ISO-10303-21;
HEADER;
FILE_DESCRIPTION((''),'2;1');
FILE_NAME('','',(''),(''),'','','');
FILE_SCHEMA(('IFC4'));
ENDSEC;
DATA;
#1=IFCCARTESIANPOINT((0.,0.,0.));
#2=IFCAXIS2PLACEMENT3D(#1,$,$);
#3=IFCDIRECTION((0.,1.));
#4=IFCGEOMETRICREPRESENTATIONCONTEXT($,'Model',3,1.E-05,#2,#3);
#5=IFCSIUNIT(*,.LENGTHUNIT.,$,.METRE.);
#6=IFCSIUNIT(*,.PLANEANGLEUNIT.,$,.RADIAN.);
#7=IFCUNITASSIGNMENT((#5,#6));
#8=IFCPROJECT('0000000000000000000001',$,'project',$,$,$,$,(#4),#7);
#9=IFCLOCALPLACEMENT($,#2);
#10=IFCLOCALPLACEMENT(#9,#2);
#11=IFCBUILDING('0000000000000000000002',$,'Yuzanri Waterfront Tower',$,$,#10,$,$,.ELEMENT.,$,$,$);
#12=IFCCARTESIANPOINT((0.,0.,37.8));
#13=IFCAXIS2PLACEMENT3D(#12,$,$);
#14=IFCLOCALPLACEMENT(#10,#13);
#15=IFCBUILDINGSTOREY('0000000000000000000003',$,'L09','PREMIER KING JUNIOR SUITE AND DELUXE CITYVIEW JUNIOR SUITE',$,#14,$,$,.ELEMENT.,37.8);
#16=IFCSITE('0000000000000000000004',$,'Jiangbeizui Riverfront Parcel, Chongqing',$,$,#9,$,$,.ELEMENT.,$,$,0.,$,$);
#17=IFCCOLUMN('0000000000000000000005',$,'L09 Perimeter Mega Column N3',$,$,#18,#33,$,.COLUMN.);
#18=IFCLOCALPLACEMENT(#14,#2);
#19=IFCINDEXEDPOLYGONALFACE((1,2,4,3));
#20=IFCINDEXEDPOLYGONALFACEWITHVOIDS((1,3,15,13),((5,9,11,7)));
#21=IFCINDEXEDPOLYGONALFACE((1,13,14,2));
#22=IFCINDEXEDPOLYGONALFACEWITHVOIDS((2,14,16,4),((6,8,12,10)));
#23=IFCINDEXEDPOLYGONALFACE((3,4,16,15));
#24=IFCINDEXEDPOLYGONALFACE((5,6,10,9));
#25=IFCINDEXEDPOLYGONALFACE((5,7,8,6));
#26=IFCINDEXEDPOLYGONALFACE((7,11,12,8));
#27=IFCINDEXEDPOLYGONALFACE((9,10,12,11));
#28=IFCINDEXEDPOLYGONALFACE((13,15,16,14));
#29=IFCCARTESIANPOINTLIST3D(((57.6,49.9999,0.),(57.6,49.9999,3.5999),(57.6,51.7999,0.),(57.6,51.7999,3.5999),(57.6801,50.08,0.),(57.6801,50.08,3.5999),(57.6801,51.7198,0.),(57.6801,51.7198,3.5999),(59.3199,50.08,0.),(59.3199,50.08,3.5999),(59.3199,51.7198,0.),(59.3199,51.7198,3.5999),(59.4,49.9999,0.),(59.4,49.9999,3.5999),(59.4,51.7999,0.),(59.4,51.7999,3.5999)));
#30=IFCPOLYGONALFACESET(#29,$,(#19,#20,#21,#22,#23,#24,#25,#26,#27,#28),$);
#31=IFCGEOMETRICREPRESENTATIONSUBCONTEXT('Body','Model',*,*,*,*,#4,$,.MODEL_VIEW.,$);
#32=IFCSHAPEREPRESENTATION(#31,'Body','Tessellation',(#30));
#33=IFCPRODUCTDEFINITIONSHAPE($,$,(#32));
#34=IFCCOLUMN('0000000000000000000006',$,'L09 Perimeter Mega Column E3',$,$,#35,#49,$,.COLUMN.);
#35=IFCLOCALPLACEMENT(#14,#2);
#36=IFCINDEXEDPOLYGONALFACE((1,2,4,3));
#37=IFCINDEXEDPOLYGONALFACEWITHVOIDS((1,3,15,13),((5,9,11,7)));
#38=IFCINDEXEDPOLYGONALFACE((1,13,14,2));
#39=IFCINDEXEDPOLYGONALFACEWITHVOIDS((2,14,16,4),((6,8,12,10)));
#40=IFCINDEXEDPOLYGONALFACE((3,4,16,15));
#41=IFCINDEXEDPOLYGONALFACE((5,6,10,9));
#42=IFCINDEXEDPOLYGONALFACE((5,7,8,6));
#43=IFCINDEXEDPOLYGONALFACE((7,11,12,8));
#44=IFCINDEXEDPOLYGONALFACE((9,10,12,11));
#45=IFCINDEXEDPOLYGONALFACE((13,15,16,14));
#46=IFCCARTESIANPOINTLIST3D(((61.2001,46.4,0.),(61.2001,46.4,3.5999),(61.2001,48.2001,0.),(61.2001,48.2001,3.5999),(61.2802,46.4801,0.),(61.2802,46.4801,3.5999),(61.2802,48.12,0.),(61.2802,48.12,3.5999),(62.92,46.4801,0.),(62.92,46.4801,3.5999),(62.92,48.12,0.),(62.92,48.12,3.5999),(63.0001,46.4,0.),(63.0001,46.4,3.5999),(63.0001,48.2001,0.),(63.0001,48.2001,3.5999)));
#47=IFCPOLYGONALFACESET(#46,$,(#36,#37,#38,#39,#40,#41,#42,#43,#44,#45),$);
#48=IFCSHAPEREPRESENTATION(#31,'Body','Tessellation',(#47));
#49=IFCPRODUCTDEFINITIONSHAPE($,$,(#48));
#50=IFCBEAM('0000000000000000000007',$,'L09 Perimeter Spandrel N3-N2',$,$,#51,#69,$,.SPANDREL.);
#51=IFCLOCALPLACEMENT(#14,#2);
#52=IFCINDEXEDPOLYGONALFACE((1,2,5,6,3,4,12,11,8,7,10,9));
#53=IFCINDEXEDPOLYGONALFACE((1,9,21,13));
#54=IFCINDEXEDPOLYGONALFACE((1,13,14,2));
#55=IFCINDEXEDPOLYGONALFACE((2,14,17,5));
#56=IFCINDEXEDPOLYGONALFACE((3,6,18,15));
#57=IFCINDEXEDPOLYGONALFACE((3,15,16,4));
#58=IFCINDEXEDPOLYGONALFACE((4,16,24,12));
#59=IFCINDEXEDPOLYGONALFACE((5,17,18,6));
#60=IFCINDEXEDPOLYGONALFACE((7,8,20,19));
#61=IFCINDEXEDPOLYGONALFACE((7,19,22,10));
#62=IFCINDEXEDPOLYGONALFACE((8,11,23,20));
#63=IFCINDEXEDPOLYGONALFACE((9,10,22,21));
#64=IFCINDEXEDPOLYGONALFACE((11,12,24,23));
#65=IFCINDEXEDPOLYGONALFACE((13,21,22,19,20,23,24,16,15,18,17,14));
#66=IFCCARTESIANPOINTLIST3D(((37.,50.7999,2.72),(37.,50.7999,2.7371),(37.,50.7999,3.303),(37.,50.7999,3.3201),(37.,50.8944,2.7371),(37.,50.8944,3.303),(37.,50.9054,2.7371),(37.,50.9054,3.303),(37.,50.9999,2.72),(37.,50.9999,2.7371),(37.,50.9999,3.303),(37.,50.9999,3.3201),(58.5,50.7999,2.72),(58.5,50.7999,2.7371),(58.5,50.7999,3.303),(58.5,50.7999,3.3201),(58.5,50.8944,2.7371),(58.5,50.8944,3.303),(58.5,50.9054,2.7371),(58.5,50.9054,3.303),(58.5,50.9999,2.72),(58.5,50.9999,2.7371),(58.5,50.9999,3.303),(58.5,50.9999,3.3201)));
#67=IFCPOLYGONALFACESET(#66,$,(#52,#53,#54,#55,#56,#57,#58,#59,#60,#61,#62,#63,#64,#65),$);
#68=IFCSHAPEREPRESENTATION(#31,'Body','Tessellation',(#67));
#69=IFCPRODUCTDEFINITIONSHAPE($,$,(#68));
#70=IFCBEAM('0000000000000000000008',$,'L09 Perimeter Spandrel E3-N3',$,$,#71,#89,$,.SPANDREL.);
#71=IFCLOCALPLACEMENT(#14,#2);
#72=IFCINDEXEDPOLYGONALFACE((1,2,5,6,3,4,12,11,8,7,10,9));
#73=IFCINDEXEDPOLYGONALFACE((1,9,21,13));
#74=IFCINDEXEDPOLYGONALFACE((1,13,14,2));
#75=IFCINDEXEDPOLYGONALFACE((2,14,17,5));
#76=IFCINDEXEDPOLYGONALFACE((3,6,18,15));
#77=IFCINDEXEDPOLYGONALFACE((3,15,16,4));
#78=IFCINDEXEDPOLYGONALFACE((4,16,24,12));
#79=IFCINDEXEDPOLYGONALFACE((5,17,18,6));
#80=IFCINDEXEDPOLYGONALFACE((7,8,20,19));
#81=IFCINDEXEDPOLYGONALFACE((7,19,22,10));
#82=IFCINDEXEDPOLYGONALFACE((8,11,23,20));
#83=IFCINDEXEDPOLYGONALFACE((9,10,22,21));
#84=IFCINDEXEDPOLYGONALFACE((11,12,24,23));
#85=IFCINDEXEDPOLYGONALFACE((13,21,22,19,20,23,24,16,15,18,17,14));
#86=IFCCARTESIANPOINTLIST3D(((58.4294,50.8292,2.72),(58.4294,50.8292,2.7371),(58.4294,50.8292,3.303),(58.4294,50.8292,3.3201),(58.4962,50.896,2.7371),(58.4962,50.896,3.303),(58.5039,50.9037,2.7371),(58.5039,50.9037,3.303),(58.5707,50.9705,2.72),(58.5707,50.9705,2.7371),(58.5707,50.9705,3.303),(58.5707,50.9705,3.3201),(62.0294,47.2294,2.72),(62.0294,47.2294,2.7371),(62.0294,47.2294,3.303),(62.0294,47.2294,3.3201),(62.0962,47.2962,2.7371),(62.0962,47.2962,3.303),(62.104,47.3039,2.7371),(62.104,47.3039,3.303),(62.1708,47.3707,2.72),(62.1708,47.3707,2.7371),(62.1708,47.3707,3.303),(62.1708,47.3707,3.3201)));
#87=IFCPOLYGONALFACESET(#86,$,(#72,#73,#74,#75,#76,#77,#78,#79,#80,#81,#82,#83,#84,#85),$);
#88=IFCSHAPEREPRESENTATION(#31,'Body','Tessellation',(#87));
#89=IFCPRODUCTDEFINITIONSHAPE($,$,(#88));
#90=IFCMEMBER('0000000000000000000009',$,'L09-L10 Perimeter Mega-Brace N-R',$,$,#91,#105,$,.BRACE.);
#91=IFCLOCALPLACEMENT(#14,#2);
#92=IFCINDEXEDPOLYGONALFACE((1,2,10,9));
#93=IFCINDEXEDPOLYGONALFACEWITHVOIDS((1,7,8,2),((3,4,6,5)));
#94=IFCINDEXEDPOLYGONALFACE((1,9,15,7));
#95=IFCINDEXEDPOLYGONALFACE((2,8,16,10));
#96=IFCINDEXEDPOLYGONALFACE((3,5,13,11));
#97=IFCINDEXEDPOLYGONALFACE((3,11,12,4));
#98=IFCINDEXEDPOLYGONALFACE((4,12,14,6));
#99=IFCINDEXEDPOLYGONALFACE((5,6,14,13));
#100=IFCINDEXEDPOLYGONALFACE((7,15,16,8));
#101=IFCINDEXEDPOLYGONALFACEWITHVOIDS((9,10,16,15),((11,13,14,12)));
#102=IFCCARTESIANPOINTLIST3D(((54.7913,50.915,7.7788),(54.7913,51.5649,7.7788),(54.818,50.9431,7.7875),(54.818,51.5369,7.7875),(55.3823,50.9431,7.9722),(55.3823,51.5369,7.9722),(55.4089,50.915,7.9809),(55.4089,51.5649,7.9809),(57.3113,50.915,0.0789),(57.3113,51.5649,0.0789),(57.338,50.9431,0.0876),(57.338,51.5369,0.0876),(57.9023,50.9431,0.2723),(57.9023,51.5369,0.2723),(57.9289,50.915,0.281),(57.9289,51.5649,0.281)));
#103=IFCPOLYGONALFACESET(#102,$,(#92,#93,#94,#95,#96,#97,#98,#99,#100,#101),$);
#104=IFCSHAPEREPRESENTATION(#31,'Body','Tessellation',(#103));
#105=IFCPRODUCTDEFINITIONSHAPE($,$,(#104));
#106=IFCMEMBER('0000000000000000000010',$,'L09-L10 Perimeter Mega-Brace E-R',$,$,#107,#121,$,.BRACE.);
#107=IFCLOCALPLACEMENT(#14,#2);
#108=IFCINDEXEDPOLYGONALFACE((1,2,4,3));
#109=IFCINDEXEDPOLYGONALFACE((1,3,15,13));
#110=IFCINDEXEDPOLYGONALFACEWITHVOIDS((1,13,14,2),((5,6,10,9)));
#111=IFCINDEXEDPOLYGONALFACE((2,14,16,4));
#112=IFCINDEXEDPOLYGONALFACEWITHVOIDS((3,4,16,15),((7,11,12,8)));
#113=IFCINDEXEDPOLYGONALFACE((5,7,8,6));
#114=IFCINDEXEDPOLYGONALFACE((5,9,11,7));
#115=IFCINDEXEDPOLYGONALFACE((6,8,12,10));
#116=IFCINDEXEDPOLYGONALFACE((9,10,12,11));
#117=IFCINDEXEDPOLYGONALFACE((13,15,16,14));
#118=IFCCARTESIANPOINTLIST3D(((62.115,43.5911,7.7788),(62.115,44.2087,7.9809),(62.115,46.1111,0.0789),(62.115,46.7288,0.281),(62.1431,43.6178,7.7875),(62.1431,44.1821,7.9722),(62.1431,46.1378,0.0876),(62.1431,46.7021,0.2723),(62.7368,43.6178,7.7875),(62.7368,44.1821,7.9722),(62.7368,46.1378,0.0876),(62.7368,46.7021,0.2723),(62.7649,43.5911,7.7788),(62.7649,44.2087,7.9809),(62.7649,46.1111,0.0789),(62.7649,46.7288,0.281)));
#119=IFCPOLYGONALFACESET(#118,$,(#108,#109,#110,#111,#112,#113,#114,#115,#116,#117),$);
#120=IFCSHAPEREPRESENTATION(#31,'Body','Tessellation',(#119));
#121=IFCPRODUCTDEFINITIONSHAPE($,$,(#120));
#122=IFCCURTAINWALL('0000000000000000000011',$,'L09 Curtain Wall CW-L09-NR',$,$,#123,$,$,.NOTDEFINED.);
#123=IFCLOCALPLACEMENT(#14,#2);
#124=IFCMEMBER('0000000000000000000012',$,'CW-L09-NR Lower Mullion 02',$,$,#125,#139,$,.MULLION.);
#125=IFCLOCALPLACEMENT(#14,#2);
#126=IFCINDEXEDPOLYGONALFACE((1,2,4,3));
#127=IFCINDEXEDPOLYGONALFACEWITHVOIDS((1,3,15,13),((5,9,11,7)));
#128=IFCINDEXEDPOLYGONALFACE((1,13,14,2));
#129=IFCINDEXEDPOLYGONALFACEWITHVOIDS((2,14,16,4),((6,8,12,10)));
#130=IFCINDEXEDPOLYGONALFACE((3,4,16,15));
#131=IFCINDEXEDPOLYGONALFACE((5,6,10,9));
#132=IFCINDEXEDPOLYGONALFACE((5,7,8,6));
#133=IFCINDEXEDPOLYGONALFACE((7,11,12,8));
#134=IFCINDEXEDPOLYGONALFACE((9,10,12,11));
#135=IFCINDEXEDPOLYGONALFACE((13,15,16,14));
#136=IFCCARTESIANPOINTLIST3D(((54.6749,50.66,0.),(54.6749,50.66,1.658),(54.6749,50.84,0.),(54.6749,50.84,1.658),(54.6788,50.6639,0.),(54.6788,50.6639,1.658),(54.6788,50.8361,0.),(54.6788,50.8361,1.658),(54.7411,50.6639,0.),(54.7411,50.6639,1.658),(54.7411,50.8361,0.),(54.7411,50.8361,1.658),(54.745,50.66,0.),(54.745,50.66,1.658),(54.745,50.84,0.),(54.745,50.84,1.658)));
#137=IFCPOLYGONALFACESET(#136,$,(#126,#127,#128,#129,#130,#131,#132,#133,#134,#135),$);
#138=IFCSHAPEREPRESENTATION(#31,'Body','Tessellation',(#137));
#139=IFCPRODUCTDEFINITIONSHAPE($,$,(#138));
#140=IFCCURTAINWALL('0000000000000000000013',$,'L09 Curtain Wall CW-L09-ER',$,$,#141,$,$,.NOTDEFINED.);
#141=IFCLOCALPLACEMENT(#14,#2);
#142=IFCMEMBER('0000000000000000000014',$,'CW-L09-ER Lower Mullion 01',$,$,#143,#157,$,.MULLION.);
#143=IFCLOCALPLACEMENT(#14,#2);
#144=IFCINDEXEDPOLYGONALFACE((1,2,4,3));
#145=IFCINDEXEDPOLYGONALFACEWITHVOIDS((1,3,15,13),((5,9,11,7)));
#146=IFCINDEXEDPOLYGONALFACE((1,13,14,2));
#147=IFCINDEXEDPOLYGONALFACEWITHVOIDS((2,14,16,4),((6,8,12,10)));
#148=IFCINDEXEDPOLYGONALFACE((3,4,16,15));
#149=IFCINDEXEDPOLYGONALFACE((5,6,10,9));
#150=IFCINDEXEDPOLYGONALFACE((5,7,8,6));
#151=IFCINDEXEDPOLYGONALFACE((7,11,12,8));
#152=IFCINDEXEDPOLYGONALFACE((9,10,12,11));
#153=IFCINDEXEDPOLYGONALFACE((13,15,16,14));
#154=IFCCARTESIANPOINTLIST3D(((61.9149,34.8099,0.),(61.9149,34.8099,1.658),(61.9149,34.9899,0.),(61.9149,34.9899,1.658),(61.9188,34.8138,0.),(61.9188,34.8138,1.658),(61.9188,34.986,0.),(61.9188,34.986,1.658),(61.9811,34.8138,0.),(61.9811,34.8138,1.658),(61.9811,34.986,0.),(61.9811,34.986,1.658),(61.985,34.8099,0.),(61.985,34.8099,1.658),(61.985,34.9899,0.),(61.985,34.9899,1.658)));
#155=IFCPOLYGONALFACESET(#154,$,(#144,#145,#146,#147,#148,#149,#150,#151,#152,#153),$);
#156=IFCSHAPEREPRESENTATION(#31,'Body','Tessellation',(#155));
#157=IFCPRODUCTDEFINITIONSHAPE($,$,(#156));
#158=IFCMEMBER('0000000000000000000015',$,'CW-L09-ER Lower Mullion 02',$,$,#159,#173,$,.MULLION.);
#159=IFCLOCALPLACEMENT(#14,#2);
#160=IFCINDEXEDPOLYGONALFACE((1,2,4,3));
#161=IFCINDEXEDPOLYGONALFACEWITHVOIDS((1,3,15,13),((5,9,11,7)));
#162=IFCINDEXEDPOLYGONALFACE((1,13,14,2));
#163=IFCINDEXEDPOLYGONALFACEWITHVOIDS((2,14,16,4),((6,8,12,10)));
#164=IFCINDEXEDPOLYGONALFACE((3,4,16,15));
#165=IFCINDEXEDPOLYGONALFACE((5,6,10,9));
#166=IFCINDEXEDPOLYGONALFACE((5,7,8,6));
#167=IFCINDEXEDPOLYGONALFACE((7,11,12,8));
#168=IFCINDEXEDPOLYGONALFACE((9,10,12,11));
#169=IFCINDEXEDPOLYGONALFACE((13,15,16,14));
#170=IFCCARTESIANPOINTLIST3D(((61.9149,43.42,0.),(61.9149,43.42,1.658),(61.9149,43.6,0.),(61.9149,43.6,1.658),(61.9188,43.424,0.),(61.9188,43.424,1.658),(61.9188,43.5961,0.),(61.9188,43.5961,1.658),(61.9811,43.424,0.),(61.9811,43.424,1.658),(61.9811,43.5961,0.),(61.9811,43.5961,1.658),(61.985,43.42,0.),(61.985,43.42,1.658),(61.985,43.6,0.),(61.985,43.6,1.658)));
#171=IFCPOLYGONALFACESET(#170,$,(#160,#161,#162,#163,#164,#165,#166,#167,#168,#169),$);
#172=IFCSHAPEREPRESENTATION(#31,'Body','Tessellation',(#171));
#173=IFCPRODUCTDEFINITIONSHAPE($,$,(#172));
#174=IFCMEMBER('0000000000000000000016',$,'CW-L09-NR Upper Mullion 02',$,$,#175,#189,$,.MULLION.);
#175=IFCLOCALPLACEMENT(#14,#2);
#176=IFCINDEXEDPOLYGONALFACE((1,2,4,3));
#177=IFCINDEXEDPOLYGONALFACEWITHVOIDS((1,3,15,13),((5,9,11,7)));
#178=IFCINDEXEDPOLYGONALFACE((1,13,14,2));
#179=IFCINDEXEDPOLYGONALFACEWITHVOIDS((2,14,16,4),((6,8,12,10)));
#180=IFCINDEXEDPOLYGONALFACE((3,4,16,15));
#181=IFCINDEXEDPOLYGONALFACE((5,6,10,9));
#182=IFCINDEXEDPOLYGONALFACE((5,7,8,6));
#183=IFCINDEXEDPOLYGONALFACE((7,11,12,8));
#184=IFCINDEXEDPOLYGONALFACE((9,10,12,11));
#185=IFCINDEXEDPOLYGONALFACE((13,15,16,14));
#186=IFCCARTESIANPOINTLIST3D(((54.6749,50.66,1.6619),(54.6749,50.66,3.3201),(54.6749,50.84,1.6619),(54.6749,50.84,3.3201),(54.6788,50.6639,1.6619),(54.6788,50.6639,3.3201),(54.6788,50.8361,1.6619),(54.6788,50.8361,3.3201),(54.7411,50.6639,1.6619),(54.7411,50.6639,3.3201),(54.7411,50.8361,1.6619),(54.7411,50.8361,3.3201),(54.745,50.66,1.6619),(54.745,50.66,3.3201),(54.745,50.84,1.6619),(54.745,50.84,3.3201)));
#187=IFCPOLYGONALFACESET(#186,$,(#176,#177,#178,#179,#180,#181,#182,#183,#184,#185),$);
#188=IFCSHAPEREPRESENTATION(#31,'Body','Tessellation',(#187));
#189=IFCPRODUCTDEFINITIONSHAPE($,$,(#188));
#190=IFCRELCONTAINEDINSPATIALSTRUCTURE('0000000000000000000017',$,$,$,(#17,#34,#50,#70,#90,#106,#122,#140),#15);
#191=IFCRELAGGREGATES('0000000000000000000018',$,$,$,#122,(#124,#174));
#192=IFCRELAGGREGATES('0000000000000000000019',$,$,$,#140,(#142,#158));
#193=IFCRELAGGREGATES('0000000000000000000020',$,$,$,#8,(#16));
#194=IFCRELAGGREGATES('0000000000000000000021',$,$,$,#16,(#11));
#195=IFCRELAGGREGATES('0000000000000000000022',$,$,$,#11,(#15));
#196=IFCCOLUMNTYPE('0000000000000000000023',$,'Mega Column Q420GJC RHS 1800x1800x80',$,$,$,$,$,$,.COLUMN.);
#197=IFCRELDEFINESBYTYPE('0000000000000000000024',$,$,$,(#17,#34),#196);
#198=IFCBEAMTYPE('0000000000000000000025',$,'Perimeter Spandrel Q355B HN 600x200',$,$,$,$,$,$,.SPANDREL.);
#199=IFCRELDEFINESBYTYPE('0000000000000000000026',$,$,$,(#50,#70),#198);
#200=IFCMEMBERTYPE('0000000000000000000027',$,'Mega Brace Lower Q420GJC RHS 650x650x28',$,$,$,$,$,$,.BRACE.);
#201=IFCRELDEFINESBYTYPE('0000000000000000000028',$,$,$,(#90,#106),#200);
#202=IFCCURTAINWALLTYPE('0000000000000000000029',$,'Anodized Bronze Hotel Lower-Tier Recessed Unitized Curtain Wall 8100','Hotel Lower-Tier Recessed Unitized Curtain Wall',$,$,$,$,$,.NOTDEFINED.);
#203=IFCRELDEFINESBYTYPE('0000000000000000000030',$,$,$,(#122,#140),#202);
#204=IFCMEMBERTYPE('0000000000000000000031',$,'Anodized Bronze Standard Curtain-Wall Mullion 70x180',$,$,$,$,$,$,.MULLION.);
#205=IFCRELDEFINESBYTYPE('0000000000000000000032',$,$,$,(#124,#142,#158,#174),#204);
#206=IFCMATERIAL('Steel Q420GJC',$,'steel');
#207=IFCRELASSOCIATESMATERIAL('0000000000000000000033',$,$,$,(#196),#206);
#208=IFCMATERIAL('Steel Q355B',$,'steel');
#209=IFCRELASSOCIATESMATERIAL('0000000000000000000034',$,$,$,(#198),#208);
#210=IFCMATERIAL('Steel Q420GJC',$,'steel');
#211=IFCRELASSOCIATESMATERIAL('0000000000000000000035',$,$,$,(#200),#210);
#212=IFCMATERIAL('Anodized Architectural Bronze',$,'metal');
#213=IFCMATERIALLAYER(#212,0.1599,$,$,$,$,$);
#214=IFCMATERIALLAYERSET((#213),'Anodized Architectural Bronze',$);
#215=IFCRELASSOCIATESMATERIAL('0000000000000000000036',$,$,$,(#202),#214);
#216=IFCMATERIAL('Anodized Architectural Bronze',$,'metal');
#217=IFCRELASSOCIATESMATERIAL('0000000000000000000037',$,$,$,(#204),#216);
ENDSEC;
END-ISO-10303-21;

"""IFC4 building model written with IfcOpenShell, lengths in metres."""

from ifc_helpers import new_model, si_unit, direction, frame, origin, origin_2d, place, context, subcontext, project, spatial, hollow_rectangle, i_section, extrude, source, transform, mapped, material, layer, layer_set, material_profile, profile_set, type_object, element, aggregate, save


model = new_model("IFC4")

# Units and contexts
model_context = context("Model", 3, precision=1e-05, world=origin(), true_north=direction((0.0, 1.0)))
body_context = subcontext(model_context, "Body", "Model", "MODEL_VIEW")
ifc_project = project(units=[si_unit("LENGTHUNIT", "METRE"), si_unit("PLANEANGLEUNIT", "RADIAN")], contexts=[model_context])

# Site, building, storey
site_placement = place(None, origin())
site = spatial("IfcSite", under=ifc_project, at=site_placement, Name="Jiangbeizui Riverfront Parcel, Chongqing", CompositionType="ELEMENT", RefElevation=0.0)
building_placement = place(site_placement, origin())
building = spatial("IfcBuilding", under=site, at=building_placement, Name="Yuzanri Waterfront Tower", CompositionType="ELEMENT")
storey_placement = place(building_placement, frame((0.0, 0.0, 37.8)))
storey = spatial("IfcBuildingStorey", under=building, at=storey_placement, Name="L09", Description="PREMIER KING JUNIOR SUITE AND DELUXE CITYVIEW JUNIOR SUITE", CompositionType="ELEMENT", Elevation=37.8)

# Columns
ifc_material_1 = material(Name="Steel Q420GJC", Category="steel")
ifc_material_profile_1 = material_profile(ifc_material_1, hollow_rectangle(XDim=1.8, YDim=1.8, WallThickness=0.0801, at=origin_2d()), Name="RHS 1800x1800x80")
ifc_profile_set_1 = profile_set([ifc_material_profile_1], Name="Steel Q420GJC")
column_type = type_object("IfcColumnType", Name="Mega Column Q420GJC RHS 1800x1800x80", PredefinedType="COLUMN", material=ifc_profile_set_1)
shared_shape_1 = source(origin(), body_context, "Body", "SweptSolid", [
    extrude(hollow_rectangle(XDim=1.8, YDim=1.8, WallThickness=0.0801, at=origin_2d()), origin(), (0.0, 0.0, 1.0), 3.5999),
])
for number, where, z_axis, x_axis, name in (
    (1, (58.5, 50.8999, 0.0), (0.0, 0.0, 1.0), (1.0, 0.0, 0.0), "L09 Perimeter Mega Column N3"),
    (2, (62.1001, 47.3, 0.0), (0.0, 0.0, 1.0), (1.0, 0.0, 0.0), "L09 Perimeter Mega Column E3"),
):
    element("IfcColumn", number, at=place(storey_placement, frame(where, z_axis=z_axis, x_axis=x_axis)), inside=storey, type_object=column_type, Name=name, PredefinedType="COLUMN", context=body_context, shape_type="MappedRepresentation", body=[
        mapped(shared_shape_1, transform((0.0, 0.0, 0.0), scale=1.0)),
    ])

# Beams
ifc_material_2 = material(Name="Steel Q355B", Category="steel")
ifc_material_profile_2 = material_profile(ifc_material_2, i_section(OverallWidth=0.2, OverallDepth=0.6001, WebThickness=0.011, FlangeThickness=0.0171, at=origin_2d()), Name="HN 600x200x11x17")
ifc_profile_set_2 = profile_set([ifc_material_profile_2], Name="Steel Q355B")
beam_type = type_object("IfcBeamType", Name="Perimeter Spandrel Q355B HN 600x200", PredefinedType="SPANDREL", material=ifc_profile_set_2)
shared_shape_2 = source(origin(), body_context, "Body", "SweptSolid", [
    extrude(i_section(OverallWidth=0.2, OverallDepth=0.6001, WebThickness=0.011, FlangeThickness=0.0171, at=origin_2d()), origin(), (0.0, 0.0, 1.0), 21.5),
])
beam_1_placement = place(storey_placement, frame((58.5, 50.8999, 3.02), z_axis=(-1.0, 0.0, 0.0), x_axis=(0.0, -1.0, 0.0)))
element("IfcBeam", 3, at=beam_1_placement, inside=storey, type_object=beam_type, Name="L09 Perimeter Spandrel N3-N2", PredefinedType="SPANDREL", context=body_context, shape_type="MappedRepresentation", body=[
    mapped(shared_shape_2, transform((0.0, 0.0, 0.0), scale=1.0)),
])
shared_shape_3 = source(origin(), body_context, "Body", "SweptSolid", [
    extrude(i_section(OverallWidth=0.2, OverallDepth=0.6001, WebThickness=0.011, FlangeThickness=0.0171, at=origin_2d()), origin(), (0.0, 0.0, 1.0), 5.0911),
])
beam_2_placement = place(storey_placement, frame((62.1001, 47.3, 3.02), z_axis=(-0.707131, 0.707083, 0.0), x_axis=(-0.707083, -0.707131, 0.0)))
element("IfcBeam", 4, at=beam_2_placement, inside=storey, type_object=beam_type, Name="L09 Perimeter Spandrel E3-N3", PredefinedType="SPANDREL", context=body_context, shape_type="MappedRepresentation", body=[
    mapped(shared_shape_3, transform((0.0, 0.0, 0.0), scale=1.0)),
])

# Members
ifc_material_3 = material(Name="Steel Q420GJC", Category="steel")
ifc_material_profile_3 = material_profile(ifc_material_3, hollow_rectangle(XDim=0.6499, YDim=0.6499, WallThickness=0.0281, at=origin_2d()), Name="RHS 650x650x28")
ifc_profile_set_3 = profile_set([ifc_material_profile_3], Name="Steel Q420GJC")
member_type_1 = type_object("IfcMemberType", Name="Mega Brace Lower Q420GJC RHS 650x650x28", PredefinedType="BRACE", material=ifc_profile_set_3)
shared_shape_4 = source(origin(), body_context, "Body", "SweptSolid", [
    extrude(hollow_rectangle(XDim=0.6499, YDim=0.6499, WallThickness=0.0281, at=origin_2d()), origin(), (0.0, 0.0, 1.0), 8.1018),
])
for number, where, z_axis, x_axis, name in (
    (5, (57.6201, 51.24, 0.1799), (-0.311043, 0.0, 0.950396), (0.0, -1.0, 0.0), "L09-L10 Perimeter Mega-Brace N-R"),
    (6, (62.4399, 46.4199, 0.1799), (0.0, -0.311043, 0.950396), (1.0, 0.0, 0.0), "L09-L10 Perimeter Mega-Brace E-R"),
):
    element("IfcMember", number, at=place(storey_placement, frame(where, z_axis=z_axis, x_axis=x_axis)), inside=storey, type_object=member_type_1, Name=name, PredefinedType="BRACE", context=body_context, shape_type="MappedRepresentation", body=[
        mapped(shared_shape_4, transform((0.0, 0.0, 0.0), scale=1.0)),
    ])

# Curtain wall, member
ifc_material_4 = material(Name="Anodized Architectural Bronze", Category="metal")
ifc_layer_1 = layer(ifc_material_4, 0.1599)
ifc_layer_set_1 = layer_set([ifc_layer_1], Name="Anodized Architectural Bronze")
curtain_wall_type = type_object("IfcCurtainWallType", Name="Anodized Bronze Hotel Lower-Tier Recessed Unitized Curtain Wall 8100", Description="Hotel Lower-Tier Recessed Unitized Curtain Wall", PredefinedType="NOTDEFINED", material=ifc_layer_set_1)
curtain_wall_1_placement = place(storey_placement, origin())
curtain_wall_1 = element("IfcCurtainWall", 7, at=curtain_wall_1_placement, inside=storey, type_object=curtain_wall_type, Name="L09 Curtain Wall CW-L09-NR", PredefinedType="NOTDEFINED")
ifc_material_5 = material(Name="Anodized Architectural Bronze", Category="metal")
ifc_material_profile_4 = material_profile(ifc_material_5, hollow_rectangle(XDim=0.0701, YDim=0.1799, WallThickness=0.0039, at=origin_2d()), Name="CWM 70x180")
ifc_profile_set_4 = profile_set([ifc_material_profile_4], Name="Anodized Architectural Bronze")
member_type_2 = type_object("IfcMemberType", Name="Anodized Bronze Standard Curtain-Wall Mullion 70x180", PredefinedType="MULLION", material=ifc_profile_set_4)
shared_shape_5 = source(origin(), body_context, "Body", "SweptSolid", [
    extrude(hollow_rectangle(XDim=0.0701, YDim=0.1799, WallThickness=0.0039, at=origin_2d()), origin(), (0.0, 0.0, 1.0), 1.658),
])
member_1_placement = place(storey_placement, frame((54.71, 50.75, 0.0), z_axis=(0.0, 0.0, 1.0), x_axis=(1.0, 0.0, 0.0)))
member_1 = element("IfcMember", 8, at=member_1_placement, type_object=member_type_2, Name="CW-L09-NR Lower Mullion 02", PredefinedType="MULLION", context=body_context, shape_type="MappedRepresentation", body=[
    mapped(shared_shape_5, transform((0.0, 0.0, 0.0), scale=1.0)),
])

# Curtain wall, members
curtain_wall_2_placement = place(storey_placement, origin())
curtain_wall_2 = element("IfcCurtainWall", 9, at=curtain_wall_2_placement, inside=storey, type_object=curtain_wall_type, Name="L09 Curtain Wall CW-L09-ER", PredefinedType="NOTDEFINED")
member_2_placement = place(storey_placement, frame((61.95, 34.8999, 0.0), z_axis=(0.0, 0.0, 1.0), x_axis=(1.0, 0.0, 0.0)))
member_2 = element("IfcMember", 10, at=member_2_placement, type_object=member_type_2, Name="CW-L09-ER Lower Mullion 01", PredefinedType="MULLION", context=body_context, shape_type="MappedRepresentation", body=[
    mapped(shared_shape_5, transform((0.0, 0.0, 0.0), scale=1.0)),
])
member_3_placement = place(storey_placement, frame((61.95, 43.51, 0.0), z_axis=(0.0, 0.0, 1.0), x_axis=(1.0, 0.0, 0.0)))
member_3 = element("IfcMember", 11, at=member_3_placement, type_object=member_type_2, Name="CW-L09-ER Lower Mullion 02", PredefinedType="MULLION", context=body_context, shape_type="MappedRepresentation", body=[
    mapped(shared_shape_5, transform((0.0, 0.0, 0.0), scale=1.0)),
])

# Member
shared_shape_6 = source(origin(), body_context, "Body", "SweptSolid", [
    extrude(hollow_rectangle(XDim=0.0701, YDim=0.1799, WallThickness=0.0039, at=origin_2d()), origin(), (0.0, 0.0, 1.0), 1.6582),
])
member_4_placement = place(storey_placement, frame((54.71, 50.75, 1.6619), z_axis=(0.0, 0.0, 1.0), x_axis=(1.0, 0.0, 0.0)))
member_4 = element("IfcMember", 12, at=member_4_placement, type_object=member_type_2, Name="CW-L09-NR Upper Mullion 02", PredefinedType="MULLION", context=body_context, shape_type="MappedRepresentation", body=[
    mapped(shared_shape_6, transform((0.0, 0.0, 0.0), scale=1.0)),
])
aggregate(curtain_wall_1, [member_1, member_4])

aggregate(curtain_wall_2, [member_2, member_3])

save(model, "model.ifc")
